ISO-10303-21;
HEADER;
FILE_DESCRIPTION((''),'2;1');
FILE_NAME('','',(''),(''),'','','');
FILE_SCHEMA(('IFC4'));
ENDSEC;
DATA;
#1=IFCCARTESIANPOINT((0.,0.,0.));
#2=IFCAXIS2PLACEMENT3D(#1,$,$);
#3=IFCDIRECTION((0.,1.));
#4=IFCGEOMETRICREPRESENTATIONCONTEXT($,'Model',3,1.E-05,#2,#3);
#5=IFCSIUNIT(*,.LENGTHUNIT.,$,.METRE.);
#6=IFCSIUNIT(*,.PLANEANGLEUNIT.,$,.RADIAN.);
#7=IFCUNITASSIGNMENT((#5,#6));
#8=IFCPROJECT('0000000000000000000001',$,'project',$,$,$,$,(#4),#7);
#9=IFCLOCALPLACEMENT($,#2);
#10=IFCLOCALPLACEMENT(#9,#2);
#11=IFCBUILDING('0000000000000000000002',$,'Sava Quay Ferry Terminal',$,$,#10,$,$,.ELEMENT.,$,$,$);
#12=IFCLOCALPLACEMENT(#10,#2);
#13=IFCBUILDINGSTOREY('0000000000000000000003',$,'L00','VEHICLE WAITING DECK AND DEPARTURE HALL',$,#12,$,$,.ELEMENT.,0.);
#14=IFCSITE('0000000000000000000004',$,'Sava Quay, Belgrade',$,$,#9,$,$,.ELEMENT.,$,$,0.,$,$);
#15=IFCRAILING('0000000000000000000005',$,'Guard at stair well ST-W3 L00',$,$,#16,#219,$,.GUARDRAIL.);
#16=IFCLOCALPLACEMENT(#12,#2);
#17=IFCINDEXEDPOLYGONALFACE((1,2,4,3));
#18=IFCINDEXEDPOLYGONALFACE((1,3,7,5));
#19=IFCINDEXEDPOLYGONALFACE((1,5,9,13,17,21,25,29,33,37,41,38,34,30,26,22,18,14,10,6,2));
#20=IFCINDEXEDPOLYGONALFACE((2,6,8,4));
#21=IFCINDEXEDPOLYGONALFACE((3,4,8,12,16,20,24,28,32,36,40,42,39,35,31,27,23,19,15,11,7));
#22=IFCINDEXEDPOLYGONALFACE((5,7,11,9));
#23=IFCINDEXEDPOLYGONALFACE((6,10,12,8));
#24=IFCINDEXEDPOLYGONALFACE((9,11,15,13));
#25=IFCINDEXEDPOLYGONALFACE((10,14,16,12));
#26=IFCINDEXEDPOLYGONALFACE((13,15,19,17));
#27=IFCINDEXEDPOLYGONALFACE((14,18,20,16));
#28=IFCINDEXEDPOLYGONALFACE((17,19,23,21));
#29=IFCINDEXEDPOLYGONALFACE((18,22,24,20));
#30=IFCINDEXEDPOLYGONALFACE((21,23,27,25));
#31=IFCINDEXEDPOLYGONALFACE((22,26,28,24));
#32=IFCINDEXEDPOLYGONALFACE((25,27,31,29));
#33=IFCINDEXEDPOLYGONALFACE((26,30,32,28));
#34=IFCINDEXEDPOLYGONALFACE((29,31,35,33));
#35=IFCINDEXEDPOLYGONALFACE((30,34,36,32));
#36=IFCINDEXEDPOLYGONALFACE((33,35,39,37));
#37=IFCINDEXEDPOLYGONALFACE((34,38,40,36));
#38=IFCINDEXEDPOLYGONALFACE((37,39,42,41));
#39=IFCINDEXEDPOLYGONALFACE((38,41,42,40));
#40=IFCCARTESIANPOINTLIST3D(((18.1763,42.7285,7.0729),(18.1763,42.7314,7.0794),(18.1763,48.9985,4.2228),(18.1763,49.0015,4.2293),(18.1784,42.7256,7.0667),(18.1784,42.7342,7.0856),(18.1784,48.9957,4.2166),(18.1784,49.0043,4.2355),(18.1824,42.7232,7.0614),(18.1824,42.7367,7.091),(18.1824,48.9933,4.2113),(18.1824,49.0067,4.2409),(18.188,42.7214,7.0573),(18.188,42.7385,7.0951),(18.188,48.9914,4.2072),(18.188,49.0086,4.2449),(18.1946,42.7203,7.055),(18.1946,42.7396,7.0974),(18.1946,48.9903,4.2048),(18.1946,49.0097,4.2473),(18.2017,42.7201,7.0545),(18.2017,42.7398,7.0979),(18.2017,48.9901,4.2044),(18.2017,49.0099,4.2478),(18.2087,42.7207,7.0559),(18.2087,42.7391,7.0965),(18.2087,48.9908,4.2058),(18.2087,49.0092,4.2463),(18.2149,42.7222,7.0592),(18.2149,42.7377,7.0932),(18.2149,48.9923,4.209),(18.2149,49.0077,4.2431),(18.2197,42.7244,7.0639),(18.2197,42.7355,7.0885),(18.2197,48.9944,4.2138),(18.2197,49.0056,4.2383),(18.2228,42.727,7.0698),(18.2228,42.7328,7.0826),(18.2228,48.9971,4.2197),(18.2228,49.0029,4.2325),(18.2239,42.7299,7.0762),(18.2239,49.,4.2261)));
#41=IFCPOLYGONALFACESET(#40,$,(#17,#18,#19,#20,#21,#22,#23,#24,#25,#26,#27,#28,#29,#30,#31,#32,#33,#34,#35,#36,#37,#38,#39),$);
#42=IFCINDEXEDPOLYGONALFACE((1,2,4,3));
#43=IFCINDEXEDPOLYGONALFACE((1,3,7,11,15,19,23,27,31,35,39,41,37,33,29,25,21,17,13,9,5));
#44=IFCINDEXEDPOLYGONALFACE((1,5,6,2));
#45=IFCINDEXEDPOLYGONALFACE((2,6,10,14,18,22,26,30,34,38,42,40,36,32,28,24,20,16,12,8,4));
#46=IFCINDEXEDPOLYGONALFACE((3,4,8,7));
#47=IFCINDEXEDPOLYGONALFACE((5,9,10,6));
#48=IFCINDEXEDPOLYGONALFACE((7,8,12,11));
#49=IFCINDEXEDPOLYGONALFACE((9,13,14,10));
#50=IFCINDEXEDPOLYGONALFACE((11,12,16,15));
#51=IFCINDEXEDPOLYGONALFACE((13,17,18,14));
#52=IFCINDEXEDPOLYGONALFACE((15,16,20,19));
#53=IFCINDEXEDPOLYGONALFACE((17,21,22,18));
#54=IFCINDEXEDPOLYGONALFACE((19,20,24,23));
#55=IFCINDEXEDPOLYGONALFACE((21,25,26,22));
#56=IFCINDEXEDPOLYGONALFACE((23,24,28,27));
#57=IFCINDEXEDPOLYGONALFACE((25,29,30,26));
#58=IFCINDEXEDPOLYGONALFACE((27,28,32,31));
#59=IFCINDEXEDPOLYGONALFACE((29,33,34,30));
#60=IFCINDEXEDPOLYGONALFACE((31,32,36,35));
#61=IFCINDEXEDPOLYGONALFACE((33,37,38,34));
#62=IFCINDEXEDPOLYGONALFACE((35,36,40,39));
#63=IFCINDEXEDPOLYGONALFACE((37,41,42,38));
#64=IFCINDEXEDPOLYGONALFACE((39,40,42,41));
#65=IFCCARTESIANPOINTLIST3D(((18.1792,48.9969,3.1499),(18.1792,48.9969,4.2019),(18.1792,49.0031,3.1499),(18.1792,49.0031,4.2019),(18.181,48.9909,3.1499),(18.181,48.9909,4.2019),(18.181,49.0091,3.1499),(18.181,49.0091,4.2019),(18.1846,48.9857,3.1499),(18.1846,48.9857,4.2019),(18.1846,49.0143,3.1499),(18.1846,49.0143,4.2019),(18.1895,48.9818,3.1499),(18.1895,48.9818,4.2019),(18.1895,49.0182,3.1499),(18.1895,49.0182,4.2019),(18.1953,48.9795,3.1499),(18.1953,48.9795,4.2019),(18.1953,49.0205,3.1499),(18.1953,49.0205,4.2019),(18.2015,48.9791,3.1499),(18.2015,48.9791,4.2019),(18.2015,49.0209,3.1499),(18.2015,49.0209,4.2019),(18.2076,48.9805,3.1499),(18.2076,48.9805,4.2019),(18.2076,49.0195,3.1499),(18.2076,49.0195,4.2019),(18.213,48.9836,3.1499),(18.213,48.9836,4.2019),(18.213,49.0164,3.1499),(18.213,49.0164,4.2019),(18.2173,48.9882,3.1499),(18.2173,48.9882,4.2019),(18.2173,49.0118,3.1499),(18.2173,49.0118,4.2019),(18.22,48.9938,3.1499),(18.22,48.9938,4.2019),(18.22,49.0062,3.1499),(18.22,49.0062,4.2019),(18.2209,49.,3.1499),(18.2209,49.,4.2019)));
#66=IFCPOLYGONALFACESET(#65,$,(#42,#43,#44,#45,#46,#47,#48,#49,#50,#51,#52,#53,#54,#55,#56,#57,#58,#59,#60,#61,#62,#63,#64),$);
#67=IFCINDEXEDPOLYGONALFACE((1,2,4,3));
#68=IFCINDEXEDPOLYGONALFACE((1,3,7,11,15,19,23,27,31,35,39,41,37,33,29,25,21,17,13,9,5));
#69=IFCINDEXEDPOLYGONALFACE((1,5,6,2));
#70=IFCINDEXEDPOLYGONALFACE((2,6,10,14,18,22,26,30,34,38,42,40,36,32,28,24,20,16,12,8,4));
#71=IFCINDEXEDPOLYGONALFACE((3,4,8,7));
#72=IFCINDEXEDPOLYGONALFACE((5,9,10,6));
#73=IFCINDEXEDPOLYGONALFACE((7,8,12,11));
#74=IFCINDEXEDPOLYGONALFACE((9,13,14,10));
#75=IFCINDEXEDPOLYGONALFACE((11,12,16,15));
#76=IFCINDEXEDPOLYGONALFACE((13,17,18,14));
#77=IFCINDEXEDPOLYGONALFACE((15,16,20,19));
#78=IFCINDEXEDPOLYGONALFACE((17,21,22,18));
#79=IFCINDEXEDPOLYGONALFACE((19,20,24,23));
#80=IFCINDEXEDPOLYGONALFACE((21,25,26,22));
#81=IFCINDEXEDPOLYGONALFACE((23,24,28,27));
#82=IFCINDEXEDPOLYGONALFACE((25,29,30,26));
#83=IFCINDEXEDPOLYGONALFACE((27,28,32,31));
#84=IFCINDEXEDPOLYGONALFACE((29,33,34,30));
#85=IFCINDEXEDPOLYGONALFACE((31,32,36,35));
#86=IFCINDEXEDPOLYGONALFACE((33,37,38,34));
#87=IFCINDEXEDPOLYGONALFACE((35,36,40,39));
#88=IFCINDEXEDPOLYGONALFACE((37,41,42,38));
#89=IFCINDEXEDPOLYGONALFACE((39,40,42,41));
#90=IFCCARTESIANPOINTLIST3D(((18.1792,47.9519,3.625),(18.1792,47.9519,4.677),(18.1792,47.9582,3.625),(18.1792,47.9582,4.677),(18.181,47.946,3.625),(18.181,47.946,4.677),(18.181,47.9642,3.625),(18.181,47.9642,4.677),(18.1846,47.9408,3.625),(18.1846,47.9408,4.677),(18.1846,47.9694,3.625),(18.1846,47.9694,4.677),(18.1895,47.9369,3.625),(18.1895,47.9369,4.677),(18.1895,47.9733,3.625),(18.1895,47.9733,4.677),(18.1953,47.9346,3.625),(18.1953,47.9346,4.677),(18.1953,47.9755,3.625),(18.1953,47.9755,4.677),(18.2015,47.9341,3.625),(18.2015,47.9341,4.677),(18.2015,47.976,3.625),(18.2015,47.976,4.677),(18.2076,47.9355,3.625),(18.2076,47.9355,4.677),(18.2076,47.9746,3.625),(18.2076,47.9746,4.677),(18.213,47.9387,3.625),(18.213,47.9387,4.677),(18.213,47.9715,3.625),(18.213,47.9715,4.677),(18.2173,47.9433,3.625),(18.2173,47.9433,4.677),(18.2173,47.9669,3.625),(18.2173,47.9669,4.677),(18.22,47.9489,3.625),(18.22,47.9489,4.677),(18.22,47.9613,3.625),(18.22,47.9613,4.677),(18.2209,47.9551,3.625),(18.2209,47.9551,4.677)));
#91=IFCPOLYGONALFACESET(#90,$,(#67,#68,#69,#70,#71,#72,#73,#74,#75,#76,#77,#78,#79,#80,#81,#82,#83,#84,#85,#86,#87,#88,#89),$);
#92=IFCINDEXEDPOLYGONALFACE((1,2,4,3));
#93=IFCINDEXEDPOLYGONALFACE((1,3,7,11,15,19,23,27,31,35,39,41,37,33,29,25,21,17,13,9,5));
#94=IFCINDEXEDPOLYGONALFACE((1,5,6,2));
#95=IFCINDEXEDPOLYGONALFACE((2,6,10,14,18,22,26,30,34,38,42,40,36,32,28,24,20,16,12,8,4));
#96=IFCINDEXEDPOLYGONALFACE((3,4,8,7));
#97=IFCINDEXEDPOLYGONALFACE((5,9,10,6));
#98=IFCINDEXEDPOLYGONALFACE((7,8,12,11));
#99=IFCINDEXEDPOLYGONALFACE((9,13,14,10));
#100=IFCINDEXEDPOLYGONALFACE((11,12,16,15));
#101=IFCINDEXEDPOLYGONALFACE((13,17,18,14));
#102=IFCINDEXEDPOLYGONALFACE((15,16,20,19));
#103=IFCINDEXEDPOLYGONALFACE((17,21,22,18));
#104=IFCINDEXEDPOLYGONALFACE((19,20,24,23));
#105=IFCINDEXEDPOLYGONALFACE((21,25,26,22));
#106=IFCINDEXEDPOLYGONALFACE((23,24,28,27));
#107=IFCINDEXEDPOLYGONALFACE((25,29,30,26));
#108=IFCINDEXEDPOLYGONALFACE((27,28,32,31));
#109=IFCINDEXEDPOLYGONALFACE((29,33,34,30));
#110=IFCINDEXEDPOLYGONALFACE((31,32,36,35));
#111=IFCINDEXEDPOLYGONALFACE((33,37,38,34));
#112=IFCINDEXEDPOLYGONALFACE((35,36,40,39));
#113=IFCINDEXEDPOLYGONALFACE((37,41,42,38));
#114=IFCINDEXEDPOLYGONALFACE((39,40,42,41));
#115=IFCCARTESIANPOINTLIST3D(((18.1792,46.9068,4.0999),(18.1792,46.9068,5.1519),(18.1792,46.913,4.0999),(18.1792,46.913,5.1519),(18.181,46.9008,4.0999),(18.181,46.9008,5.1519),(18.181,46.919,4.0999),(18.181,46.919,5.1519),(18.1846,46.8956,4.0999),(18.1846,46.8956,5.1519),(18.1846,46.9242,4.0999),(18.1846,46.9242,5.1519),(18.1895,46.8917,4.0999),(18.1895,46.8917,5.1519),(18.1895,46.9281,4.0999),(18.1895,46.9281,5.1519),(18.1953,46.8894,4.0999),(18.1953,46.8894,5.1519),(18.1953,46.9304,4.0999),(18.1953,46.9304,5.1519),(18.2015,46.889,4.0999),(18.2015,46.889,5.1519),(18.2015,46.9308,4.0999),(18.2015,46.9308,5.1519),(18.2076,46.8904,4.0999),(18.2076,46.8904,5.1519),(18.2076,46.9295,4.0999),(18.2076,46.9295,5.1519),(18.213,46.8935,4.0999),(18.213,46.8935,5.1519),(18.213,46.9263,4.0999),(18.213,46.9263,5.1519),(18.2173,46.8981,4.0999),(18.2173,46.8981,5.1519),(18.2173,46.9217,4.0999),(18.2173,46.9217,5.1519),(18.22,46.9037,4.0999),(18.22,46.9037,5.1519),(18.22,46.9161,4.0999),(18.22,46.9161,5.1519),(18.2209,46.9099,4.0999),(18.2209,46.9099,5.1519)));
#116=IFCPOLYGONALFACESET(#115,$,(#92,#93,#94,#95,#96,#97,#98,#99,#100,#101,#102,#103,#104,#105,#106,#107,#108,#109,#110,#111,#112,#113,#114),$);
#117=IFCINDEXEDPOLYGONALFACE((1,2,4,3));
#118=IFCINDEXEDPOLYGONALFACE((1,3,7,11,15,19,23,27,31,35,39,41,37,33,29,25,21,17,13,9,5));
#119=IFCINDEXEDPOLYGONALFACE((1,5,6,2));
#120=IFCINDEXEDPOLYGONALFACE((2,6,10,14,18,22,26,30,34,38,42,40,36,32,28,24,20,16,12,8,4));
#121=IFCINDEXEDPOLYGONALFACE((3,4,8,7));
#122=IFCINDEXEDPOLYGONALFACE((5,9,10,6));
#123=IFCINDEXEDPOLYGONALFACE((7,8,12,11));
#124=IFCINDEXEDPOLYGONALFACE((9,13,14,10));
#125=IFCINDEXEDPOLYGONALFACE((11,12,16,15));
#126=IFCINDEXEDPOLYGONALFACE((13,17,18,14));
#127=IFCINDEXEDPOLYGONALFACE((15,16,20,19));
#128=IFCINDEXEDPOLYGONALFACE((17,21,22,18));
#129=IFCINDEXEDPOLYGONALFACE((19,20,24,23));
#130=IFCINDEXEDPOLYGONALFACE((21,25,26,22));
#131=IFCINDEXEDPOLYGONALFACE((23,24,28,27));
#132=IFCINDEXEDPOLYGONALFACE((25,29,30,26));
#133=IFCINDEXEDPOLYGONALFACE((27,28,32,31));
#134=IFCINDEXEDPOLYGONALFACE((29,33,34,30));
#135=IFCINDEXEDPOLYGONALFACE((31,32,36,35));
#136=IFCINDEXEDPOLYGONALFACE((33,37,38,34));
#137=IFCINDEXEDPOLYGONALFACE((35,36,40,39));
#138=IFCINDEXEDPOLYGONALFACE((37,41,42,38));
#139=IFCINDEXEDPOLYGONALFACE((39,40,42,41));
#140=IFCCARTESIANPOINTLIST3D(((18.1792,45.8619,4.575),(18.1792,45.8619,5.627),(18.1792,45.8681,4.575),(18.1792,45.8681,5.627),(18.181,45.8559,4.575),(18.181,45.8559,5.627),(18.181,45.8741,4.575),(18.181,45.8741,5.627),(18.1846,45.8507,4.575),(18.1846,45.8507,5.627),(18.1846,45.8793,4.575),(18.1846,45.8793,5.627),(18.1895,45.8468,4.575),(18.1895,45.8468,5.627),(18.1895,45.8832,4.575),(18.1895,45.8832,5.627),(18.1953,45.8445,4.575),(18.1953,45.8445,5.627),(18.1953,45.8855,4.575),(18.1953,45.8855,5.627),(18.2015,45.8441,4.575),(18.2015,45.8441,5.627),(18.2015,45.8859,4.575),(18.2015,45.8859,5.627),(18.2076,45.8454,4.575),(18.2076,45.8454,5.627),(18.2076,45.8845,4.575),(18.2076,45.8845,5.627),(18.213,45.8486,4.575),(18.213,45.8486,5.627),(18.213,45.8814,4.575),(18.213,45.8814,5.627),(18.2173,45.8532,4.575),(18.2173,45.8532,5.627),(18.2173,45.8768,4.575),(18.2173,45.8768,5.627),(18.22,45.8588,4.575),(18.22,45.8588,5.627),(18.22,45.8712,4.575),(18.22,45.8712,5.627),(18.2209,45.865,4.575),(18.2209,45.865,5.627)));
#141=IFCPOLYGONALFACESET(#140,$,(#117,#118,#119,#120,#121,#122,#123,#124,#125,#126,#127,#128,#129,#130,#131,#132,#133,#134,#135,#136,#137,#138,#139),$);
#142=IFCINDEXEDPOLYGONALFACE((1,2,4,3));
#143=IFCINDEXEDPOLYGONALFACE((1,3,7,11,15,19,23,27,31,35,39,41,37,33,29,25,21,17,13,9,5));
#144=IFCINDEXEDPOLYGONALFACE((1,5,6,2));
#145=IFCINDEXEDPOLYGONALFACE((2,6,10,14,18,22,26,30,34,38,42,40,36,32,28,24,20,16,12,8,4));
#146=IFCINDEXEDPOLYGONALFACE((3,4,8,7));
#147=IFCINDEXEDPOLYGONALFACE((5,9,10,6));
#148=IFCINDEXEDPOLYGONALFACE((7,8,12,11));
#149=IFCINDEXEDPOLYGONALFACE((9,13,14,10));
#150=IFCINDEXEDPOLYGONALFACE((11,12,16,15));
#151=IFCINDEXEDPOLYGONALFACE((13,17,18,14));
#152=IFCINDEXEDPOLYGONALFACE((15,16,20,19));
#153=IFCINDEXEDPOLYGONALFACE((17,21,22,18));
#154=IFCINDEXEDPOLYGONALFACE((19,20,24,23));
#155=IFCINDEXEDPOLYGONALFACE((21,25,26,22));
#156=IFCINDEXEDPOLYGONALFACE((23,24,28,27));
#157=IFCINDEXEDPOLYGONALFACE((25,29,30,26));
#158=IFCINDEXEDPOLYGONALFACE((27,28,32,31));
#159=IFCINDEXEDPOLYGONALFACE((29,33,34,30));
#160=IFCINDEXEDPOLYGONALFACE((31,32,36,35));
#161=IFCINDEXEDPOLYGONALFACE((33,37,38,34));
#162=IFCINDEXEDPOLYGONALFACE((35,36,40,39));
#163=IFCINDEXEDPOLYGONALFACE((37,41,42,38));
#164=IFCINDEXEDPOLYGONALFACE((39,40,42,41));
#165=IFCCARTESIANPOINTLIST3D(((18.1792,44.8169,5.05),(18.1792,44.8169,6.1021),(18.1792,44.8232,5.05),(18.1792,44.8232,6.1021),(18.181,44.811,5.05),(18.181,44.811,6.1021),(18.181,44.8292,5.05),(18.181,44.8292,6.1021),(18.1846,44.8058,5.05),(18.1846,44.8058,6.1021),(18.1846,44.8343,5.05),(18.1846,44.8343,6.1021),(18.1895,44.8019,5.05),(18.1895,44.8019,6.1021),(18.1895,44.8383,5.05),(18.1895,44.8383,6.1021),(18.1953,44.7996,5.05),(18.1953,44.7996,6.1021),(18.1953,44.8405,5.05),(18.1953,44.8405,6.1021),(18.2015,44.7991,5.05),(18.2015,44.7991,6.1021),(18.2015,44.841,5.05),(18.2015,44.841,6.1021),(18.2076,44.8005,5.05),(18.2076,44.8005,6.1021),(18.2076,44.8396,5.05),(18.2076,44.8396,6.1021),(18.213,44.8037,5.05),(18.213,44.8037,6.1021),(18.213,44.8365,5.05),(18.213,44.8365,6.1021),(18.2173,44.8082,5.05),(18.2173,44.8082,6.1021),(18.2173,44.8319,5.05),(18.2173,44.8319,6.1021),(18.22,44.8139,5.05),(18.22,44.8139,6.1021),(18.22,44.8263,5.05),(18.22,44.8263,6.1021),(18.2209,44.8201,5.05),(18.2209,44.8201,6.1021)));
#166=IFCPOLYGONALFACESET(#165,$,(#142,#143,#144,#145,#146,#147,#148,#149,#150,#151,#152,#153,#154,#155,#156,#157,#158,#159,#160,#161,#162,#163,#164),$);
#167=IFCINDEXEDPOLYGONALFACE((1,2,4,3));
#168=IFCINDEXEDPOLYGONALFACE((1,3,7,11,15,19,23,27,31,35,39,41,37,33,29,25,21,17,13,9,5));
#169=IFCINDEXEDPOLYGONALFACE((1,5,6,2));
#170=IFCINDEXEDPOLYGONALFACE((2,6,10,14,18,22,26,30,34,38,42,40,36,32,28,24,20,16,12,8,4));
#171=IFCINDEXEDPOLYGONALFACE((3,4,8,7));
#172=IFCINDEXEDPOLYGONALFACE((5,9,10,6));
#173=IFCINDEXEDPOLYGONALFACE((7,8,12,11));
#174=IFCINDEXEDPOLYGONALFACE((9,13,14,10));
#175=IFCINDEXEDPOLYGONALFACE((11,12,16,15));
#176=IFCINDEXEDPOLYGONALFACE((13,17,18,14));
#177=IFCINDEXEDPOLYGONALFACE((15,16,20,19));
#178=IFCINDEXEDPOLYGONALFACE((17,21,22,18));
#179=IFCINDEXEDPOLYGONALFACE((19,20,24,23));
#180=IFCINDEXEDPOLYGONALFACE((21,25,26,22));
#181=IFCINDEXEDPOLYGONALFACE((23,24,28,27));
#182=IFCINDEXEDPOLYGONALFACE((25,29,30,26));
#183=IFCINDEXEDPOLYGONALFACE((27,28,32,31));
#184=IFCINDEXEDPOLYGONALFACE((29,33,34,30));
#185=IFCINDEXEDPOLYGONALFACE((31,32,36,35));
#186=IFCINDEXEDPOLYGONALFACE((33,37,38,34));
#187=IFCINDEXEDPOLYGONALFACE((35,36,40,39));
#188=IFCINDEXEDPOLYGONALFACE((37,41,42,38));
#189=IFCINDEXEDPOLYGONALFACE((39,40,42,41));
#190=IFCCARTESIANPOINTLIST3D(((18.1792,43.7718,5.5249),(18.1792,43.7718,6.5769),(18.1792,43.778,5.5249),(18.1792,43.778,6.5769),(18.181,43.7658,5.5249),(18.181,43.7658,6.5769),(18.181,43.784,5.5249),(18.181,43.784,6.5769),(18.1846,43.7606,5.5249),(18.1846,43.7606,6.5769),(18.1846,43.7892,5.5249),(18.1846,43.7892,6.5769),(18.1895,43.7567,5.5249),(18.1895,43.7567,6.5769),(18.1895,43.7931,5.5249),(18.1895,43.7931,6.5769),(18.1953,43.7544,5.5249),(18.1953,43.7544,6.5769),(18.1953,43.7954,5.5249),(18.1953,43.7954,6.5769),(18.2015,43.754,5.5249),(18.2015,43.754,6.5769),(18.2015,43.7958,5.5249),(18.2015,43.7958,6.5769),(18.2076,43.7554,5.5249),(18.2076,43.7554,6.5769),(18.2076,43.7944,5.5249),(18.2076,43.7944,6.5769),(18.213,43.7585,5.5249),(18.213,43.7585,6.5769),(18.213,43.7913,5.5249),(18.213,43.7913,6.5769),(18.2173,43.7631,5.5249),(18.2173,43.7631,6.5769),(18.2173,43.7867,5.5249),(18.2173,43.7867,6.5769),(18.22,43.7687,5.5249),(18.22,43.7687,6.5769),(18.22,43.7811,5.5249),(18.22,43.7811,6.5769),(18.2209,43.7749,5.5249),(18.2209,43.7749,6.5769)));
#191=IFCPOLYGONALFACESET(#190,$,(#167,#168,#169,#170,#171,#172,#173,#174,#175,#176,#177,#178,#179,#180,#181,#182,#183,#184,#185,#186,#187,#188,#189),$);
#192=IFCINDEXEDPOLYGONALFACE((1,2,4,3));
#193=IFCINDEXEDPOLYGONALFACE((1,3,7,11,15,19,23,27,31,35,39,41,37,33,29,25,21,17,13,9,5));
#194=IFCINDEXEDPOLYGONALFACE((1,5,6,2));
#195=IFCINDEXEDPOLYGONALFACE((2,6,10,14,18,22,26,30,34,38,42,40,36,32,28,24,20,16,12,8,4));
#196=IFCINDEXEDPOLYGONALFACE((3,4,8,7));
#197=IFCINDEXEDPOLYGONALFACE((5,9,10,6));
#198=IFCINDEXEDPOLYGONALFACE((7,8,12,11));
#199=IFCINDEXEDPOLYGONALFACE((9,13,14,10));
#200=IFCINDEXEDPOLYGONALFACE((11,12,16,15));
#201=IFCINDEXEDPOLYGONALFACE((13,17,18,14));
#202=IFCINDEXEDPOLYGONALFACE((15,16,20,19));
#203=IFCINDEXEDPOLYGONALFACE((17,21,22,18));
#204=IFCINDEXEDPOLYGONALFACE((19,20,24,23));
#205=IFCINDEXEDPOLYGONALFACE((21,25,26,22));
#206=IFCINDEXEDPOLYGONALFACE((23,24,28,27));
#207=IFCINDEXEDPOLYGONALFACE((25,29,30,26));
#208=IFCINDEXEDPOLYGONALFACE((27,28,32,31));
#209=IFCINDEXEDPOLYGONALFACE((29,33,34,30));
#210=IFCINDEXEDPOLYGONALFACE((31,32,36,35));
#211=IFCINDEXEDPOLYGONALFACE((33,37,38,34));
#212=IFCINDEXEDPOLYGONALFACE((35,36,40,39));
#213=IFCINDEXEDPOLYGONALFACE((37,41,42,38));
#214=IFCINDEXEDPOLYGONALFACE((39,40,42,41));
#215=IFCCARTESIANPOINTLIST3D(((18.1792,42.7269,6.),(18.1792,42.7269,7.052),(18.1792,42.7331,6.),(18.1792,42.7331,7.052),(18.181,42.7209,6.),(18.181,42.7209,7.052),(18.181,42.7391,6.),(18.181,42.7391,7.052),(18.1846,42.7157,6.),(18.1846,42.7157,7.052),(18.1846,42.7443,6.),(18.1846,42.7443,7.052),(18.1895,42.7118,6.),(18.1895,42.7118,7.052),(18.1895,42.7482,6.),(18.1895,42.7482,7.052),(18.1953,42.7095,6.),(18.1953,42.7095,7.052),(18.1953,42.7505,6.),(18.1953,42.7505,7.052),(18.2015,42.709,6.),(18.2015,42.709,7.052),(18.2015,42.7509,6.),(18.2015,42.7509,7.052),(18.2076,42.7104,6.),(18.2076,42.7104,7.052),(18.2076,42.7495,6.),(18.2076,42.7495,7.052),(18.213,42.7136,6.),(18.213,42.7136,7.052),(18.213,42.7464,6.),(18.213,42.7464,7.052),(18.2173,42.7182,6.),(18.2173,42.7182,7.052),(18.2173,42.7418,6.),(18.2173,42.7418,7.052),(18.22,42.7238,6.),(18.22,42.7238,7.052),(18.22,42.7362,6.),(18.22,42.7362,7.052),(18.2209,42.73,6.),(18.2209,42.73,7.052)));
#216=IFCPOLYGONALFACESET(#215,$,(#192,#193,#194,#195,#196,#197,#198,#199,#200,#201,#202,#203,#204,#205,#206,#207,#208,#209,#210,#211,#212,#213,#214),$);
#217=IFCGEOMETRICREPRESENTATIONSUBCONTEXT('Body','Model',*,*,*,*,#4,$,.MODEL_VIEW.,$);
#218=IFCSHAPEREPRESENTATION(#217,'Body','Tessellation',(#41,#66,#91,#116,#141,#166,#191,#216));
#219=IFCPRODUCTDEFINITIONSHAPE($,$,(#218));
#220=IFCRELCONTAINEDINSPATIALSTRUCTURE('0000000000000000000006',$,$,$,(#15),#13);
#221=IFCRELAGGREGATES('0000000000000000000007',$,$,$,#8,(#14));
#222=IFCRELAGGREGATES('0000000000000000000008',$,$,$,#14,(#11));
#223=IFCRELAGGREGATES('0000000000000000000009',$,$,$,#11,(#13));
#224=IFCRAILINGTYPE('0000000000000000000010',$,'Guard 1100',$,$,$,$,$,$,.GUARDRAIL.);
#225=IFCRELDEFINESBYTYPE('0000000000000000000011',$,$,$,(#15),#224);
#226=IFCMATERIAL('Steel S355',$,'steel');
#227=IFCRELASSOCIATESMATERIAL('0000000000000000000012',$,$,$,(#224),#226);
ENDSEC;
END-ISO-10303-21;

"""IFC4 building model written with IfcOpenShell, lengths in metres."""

from ifc_helpers import new_model, si_unit, direction, frame, origin, origin_2d, place, context, subcontext, project, spatial, circle, extrude, material, type_object, element, save


model = new_model("IFC4")

# Units and contexts
model_context = context("Model", 3, precision=1e-05, world=origin(), true_north=direction((0.0, 1.0)))
body_context = subcontext(model_context, "Body", "Model", "MODEL_VIEW")
ifc_project = project(units=[si_unit("LENGTHUNIT", "METRE"), si_unit("PLANEANGLEUNIT", "RADIAN")], contexts=[model_context])

# Site, building, storey
site_placement = place(None, origin())
site = spatial("IfcSite", under=ifc_project, at=site_placement, Name="Sava Quay, Belgrade", CompositionType="ELEMENT", RefElevation=0.0)
building_placement = place(site_placement, origin())
building = spatial("IfcBuilding", under=site, at=building_placement, Name="Sava Quay Ferry Terminal", CompositionType="ELEMENT")
storey_placement = place(building_placement, origin())
storey = spatial("IfcBuildingStorey", under=building, at=storey_placement, Name="L00", Description="VEHICLE WAITING DECK AND DEPARTURE HALL", CompositionType="ELEMENT", Elevation=0.0)

# Railing
ifc_material_1 = material(Name="Steel S355", Category="steel")
railing_type_1 = type_object("IfcRailingType", Name="Guard 1100", PredefinedType="GUARDRAIL", material=ifc_material_1)
railing_1_placement = place(storey_placement, frame((18.2, 49.0, 3.1499)))
element("IfcRailing", 1, at=railing_1_placement, inside=storey, type_object=railing_type_1, Name="Guard at stair well ST-W3 L00", PredefinedType="GUARDRAIL", context=body_context, shape_type="SweptSolid", body=[
    extrude(circle(Radius=0.0239, at=origin_2d()), frame((0.0, 0.0, 1.0762), z_axis=(0.0, -0.910362, 0.413814), x_axis=(1.0, 0.0, 0.0)), (0.0, 0.0, 1.0), 6.8875),
    extrude(circle(Radius=0.021, at=origin_2d()), origin(), (0.0, 0.0, 1.0), 1.052),
    extrude(circle(Radius=0.021, at=origin_2d()), frame((0.0, -1.0449, 0.4751)), (0.0, 0.0, 1.0), 1.052),
    extrude(circle(Radius=0.021, at=origin_2d()), frame((0.0, -2.0901, 0.95)), (0.0, 0.0, 1.0), 1.052),
    extrude(circle(Radius=0.021, at=origin_2d()), frame((0.0, -3.135, 1.425)), (0.0, 0.0, 1.0), 1.052),
    extrude(circle(Radius=0.021, at=origin_2d()), frame((0.0, -4.1799, 1.9001)), (0.0, 0.0, 1.0), 1.052),
    extrude(circle(Radius=0.021, at=origin_2d()), frame((0.0, -5.2251, 2.375)), (0.0, 0.0, 1.0), 1.052),
    extrude(circle(Radius=0.021, at=origin_2d()), frame((0.0, -6.27, 2.8501)), (0.0, 0.0, 1.0), 1.052),
])

save(model, "model.ifc")
